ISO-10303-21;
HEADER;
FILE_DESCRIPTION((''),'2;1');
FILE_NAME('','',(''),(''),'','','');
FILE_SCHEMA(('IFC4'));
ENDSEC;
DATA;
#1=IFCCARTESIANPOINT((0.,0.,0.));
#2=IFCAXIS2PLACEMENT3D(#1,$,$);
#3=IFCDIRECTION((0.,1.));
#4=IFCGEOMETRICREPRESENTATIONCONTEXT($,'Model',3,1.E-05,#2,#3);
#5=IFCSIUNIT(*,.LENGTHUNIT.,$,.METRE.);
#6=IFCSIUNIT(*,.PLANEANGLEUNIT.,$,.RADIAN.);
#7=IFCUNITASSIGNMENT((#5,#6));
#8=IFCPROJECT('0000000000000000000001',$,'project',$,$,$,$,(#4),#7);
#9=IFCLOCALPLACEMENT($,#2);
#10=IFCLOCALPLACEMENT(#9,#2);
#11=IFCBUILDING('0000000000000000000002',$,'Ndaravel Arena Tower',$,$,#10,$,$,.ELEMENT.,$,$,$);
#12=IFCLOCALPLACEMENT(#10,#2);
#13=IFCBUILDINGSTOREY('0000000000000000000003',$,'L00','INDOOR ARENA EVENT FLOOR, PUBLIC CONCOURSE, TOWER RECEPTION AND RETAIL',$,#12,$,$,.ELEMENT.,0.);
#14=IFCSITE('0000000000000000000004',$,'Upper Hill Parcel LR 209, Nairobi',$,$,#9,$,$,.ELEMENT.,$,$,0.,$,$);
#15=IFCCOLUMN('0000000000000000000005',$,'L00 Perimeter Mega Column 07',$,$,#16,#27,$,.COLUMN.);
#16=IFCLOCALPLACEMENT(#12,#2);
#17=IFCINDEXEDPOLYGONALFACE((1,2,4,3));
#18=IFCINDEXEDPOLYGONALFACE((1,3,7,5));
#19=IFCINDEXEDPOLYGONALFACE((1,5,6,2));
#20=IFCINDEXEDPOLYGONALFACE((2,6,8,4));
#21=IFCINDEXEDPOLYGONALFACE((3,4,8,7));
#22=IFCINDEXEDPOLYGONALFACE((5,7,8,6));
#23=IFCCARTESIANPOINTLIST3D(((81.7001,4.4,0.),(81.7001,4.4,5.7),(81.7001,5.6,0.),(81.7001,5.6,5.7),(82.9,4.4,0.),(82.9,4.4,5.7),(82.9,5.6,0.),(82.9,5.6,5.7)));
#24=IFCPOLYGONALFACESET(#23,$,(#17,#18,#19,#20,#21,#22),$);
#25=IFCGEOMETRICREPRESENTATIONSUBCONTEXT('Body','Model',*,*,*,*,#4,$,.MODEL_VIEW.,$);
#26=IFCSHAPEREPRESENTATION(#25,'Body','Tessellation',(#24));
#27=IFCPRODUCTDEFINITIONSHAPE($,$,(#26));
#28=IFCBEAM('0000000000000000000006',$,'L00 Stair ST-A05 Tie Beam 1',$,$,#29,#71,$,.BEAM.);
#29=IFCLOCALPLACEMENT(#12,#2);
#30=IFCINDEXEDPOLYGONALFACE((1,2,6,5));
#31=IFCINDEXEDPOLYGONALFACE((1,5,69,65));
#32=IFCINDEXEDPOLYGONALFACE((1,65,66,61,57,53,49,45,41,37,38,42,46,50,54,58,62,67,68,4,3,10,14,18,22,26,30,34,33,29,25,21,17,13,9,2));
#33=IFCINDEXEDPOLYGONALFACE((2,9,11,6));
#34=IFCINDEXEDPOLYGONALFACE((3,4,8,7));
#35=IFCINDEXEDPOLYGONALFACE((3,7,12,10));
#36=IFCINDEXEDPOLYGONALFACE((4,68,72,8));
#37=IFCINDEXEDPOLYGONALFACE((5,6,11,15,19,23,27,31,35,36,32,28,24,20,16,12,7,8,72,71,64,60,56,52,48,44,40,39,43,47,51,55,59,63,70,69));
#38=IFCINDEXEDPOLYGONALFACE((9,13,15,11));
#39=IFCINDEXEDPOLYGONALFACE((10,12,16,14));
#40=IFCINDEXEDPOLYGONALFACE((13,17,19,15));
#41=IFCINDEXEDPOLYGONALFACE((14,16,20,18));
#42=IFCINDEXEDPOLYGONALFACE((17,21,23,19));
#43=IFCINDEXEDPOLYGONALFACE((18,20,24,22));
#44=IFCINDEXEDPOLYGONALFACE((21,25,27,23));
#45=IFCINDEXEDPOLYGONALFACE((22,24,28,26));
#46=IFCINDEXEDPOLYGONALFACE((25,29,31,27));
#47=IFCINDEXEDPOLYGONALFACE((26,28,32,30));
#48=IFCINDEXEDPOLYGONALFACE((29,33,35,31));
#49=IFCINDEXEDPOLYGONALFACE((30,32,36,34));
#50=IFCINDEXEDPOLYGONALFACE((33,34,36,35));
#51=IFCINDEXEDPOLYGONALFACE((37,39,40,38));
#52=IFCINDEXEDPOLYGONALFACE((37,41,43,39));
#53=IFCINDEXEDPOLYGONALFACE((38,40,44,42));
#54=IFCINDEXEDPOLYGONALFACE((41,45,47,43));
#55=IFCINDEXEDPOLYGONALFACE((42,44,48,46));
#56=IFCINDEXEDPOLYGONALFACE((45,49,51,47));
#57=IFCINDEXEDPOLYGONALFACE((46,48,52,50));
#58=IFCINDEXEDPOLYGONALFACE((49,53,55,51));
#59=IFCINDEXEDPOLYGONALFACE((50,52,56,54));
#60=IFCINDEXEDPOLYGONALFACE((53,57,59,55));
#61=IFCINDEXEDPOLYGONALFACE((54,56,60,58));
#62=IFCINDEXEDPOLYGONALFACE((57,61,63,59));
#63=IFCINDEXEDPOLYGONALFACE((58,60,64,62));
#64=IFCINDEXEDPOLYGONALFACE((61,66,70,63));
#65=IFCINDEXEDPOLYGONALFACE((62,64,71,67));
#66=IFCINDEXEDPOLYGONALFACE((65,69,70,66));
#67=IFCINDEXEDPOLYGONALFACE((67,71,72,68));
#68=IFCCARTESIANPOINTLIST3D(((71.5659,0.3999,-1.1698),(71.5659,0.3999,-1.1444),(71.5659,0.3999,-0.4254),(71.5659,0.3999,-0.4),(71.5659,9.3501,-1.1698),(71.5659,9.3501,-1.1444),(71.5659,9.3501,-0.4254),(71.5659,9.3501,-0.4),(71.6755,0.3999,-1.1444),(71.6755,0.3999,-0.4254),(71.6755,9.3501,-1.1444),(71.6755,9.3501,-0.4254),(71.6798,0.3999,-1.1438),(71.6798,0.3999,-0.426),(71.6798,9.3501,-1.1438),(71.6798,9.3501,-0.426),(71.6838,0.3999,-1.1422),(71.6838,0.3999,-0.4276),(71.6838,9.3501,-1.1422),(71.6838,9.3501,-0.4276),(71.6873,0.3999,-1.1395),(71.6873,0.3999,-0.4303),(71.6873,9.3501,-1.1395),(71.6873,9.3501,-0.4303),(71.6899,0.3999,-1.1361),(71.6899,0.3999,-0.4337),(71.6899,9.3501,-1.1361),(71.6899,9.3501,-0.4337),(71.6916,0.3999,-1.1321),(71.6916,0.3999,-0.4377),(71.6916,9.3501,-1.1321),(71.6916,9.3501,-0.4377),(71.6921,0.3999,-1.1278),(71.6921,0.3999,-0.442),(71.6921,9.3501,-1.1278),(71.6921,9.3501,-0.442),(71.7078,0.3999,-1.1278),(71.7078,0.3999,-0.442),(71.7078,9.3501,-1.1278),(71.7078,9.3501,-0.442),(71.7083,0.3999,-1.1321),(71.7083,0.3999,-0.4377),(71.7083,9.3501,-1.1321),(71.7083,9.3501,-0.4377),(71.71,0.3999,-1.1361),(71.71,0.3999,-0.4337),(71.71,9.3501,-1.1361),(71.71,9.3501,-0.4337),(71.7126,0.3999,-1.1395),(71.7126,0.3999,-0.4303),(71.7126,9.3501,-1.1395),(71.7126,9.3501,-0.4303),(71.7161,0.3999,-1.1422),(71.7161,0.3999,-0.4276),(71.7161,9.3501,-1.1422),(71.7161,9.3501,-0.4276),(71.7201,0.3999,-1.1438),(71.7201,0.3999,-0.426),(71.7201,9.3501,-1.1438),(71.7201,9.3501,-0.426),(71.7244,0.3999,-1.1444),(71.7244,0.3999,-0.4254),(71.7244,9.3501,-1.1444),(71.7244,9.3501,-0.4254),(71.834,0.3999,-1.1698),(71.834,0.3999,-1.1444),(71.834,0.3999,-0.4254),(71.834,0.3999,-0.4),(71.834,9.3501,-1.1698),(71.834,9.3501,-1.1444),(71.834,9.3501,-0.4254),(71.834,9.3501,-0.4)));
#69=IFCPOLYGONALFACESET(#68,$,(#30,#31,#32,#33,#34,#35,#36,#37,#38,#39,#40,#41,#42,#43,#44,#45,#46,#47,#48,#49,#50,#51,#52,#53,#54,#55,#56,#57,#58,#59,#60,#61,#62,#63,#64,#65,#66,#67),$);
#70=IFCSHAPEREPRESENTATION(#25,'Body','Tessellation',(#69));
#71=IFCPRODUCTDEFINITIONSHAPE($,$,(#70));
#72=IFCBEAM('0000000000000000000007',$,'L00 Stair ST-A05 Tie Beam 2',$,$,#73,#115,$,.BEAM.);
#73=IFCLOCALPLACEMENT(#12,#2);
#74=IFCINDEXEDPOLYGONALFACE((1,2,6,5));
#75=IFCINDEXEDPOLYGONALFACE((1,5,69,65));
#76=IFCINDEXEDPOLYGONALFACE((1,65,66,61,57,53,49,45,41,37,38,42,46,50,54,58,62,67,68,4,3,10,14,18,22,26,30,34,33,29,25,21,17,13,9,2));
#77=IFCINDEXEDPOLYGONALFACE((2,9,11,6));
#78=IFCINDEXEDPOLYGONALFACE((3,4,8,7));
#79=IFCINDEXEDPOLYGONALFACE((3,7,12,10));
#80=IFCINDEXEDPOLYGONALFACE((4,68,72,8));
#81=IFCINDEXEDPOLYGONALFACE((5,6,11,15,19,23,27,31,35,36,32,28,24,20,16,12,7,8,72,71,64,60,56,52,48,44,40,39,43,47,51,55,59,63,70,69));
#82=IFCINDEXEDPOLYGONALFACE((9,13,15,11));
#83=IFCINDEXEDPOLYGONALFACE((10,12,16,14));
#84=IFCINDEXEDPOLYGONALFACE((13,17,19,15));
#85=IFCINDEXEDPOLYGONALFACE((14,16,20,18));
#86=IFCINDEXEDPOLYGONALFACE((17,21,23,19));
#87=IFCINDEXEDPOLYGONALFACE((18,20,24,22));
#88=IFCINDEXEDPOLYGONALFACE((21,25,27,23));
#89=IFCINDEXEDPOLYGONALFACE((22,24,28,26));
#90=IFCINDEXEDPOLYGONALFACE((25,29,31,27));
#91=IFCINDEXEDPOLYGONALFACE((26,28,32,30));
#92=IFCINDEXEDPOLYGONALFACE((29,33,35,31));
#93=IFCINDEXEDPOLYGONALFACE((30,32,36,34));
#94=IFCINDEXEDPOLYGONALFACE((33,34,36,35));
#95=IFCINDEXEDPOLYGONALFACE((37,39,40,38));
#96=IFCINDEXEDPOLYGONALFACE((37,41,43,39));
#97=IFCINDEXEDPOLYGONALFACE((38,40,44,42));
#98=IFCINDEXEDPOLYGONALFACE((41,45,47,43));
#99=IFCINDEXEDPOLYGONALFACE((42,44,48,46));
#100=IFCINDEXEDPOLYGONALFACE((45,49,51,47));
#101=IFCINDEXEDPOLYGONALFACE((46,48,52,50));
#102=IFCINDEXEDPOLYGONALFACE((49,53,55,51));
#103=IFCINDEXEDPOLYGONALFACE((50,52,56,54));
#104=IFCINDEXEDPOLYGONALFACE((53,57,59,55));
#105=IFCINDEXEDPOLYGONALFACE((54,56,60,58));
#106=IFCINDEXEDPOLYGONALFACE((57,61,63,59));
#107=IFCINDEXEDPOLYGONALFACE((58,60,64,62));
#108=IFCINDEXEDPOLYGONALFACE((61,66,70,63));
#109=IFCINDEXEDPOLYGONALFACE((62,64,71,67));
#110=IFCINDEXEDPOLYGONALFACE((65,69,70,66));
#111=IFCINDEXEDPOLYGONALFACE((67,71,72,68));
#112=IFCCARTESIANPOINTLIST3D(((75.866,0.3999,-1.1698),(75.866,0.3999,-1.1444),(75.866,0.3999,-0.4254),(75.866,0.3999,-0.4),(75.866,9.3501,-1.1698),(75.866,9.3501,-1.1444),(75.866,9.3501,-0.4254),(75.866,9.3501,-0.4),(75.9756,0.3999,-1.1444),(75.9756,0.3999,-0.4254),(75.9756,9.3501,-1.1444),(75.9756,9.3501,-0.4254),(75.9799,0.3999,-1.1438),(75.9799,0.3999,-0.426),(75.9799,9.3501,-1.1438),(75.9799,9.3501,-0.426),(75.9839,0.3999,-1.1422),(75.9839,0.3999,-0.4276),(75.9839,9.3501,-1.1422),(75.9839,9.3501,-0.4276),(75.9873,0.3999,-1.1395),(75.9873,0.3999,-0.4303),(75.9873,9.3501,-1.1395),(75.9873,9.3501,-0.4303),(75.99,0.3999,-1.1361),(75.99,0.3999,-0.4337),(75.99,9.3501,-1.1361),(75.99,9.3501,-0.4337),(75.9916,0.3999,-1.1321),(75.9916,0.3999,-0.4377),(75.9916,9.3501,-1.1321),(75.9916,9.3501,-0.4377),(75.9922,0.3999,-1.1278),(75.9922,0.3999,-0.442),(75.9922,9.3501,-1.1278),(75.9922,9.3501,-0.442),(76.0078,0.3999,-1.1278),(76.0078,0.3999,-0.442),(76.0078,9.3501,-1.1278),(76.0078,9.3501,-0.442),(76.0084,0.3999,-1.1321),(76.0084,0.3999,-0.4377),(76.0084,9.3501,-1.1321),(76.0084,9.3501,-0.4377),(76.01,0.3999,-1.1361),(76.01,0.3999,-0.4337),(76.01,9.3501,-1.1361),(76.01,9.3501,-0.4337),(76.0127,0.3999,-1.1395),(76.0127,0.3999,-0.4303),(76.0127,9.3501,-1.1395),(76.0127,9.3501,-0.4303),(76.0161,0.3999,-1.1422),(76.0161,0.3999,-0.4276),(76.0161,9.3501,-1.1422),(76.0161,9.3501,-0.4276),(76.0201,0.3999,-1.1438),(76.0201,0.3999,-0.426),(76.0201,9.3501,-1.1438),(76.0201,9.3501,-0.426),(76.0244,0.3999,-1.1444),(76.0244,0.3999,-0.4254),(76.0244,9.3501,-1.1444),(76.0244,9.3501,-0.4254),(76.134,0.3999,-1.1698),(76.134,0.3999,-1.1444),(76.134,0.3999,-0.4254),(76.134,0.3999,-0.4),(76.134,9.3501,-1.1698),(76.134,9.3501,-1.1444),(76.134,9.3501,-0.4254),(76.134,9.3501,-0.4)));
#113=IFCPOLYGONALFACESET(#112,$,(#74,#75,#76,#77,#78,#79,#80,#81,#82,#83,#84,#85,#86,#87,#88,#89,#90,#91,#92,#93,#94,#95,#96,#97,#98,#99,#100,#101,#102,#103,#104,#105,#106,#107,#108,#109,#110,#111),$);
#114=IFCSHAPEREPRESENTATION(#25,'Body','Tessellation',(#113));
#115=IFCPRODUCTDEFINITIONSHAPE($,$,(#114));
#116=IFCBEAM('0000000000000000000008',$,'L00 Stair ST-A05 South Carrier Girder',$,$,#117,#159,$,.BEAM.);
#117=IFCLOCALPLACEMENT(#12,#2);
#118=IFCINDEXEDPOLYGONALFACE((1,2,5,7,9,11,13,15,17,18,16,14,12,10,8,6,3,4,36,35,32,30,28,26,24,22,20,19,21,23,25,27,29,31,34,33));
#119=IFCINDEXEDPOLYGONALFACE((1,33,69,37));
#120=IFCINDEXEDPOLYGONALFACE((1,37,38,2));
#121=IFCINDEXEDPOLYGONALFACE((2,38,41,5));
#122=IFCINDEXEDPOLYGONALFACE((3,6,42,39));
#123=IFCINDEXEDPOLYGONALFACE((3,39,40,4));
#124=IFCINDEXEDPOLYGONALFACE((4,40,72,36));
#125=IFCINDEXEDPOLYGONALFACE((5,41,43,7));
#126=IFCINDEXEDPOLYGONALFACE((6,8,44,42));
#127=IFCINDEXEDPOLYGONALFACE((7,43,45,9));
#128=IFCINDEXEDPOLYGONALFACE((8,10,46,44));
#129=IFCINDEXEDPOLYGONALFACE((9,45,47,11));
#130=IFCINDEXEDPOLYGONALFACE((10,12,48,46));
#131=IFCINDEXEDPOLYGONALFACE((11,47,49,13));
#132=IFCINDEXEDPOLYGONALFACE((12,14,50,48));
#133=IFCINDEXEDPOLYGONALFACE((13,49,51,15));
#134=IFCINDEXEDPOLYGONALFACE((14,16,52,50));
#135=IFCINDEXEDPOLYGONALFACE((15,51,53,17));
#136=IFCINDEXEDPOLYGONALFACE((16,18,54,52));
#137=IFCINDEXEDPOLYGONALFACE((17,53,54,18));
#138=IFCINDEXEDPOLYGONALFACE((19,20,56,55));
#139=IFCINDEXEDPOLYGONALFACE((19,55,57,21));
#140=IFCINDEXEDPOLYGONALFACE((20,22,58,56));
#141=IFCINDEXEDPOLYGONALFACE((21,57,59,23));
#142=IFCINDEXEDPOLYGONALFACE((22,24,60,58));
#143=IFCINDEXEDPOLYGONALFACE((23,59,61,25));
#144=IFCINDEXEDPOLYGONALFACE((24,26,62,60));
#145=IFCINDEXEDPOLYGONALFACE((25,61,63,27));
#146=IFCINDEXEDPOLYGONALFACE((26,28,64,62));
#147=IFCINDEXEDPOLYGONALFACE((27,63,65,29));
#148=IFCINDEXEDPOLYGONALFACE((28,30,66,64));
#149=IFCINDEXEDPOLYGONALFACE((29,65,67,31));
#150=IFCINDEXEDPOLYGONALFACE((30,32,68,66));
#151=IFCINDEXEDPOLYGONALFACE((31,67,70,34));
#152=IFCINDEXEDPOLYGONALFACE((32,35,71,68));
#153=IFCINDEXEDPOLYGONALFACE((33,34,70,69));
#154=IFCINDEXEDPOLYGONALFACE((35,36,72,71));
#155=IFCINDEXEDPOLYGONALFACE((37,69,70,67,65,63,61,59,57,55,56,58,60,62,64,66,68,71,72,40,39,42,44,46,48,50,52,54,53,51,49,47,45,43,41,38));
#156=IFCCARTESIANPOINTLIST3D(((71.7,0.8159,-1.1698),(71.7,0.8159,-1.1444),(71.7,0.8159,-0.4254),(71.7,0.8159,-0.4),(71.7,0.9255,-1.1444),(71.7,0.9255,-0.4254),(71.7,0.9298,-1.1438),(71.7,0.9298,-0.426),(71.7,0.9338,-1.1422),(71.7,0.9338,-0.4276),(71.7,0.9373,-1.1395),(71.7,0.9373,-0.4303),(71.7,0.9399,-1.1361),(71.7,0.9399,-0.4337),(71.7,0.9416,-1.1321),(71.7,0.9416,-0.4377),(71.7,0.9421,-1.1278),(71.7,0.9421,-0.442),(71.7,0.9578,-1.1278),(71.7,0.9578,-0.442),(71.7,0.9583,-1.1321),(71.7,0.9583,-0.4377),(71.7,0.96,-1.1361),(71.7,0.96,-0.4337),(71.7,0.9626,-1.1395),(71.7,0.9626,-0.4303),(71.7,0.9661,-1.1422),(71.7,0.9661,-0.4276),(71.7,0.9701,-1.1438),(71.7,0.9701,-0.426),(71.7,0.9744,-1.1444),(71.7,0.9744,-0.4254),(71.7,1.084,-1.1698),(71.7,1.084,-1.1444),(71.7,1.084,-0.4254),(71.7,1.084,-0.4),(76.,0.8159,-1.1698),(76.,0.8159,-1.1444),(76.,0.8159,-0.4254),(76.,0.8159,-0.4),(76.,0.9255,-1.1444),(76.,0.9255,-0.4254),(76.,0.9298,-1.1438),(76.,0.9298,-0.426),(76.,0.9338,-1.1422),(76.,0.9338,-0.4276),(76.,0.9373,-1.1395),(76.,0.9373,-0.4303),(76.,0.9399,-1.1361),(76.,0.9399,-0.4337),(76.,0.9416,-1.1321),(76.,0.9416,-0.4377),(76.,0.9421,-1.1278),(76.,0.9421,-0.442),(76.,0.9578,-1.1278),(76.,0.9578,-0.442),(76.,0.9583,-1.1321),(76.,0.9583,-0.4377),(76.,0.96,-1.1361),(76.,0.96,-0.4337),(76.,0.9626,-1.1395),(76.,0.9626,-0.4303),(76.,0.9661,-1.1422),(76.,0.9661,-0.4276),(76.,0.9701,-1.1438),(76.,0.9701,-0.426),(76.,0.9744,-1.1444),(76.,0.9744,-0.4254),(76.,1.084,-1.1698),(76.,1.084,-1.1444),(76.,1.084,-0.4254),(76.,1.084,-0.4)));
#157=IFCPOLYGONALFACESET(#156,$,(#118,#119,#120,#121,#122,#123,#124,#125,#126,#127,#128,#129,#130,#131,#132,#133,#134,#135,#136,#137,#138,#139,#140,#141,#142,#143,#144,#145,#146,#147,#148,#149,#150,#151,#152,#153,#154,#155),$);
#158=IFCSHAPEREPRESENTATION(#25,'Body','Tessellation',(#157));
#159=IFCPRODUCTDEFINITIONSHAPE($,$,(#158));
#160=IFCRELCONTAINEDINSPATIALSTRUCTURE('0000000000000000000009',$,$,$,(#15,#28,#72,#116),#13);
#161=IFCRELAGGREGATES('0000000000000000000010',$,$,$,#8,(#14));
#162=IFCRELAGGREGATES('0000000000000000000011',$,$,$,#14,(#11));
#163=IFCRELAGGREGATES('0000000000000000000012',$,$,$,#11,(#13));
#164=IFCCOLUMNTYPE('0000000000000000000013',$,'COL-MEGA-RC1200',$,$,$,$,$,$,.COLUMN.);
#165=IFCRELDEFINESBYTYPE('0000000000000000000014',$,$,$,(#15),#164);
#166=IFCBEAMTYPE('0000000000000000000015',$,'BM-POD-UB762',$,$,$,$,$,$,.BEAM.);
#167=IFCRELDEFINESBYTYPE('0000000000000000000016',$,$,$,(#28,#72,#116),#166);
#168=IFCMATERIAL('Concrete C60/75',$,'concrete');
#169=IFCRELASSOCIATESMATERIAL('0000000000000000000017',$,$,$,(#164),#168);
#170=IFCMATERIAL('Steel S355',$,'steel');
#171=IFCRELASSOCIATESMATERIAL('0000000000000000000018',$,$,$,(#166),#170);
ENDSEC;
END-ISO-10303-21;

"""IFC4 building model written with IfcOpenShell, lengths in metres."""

from ifc_helpers import new_model, si_unit, direction, frame, origin, origin_2d, place, context, subcontext, project, spatial, rectangle, i_section, extrude, material, material_profile, profile_set, type_object, element, save


model = new_model("IFC4")

# Units and contexts
model_context = context("Model", 3, precision=1e-05, world=origin(), true_north=direction((0.0, 1.0)))
body_context = subcontext(model_context, "Body", "Model", "MODEL_VIEW")
ifc_project = project(units=[si_unit("LENGTHUNIT", "METRE"), si_unit("PLANEANGLEUNIT", "RADIAN")], contexts=[model_context])

# Site, building, storey
site_placement = place(None, origin())
site = spatial("IfcSite", under=ifc_project, at=site_placement, Name="Upper Hill Parcel LR 209, Nairobi", CompositionType="ELEMENT", RefElevation=0.0)
building_placement = place(site_placement, origin())
building = spatial("IfcBuilding", under=site, at=building_placement, Name="Ndaravel Arena Tower", CompositionType="ELEMENT")
storey_placement = place(building_placement, origin())
storey = spatial("IfcBuildingStorey", under=building, at=storey_placement, Name="L00", Description="INDOOR ARENA EVENT FLOOR, PUBLIC CONCOURSE, TOWER RECEPTION AND RETAIL", CompositionType="ELEMENT", Elevation=0.0)

# Column
ifc_material_1 = material(Name="Concrete C60/75", Category="concrete")
ifc_material_profile_1 = material_profile(ifc_material_1, rectangle(XDim=1.2, YDim=1.2, at=origin_2d()), Name="RC 1200x1200")
ifc_profile_set_1 = profile_set([ifc_material_profile_1], Name="Concrete C60/75")
column_type = type_object("IfcColumnType", Name="COL-MEGA-RC1200", PredefinedType="COLUMN", material=ifc_profile_set_1)
column_placement = place(storey_placement, frame((82.3, 5.0, 0.0), z_axis=(0.0, 0.0, 1.0), x_axis=(1.0, 0.0, 0.0)))
element("IfcColumn", 1, at=column_placement, inside=storey, type_object=column_type, Name="L00 Perimeter Mega Column 07", PredefinedType="COLUMN", context=body_context, shape_type="SweptSolid", body=[
    extrude(rectangle(XDim=1.2, YDim=1.2, at=origin_2d()), origin(), (0.0, 0.0, 1.0), 5.7),
])

# Beams
ifc_material_2 = material(Name="Steel S355", Category="steel")
ifc_material_profile_2 = material_profile(ifc_material_2, i_section(OverallWidth=0.2681, OverallDepth=0.7698, WebThickness=0.0156, FlangeThickness=0.0254, FilletRadius=0.0166, at=origin_2d()), Name="UB 762x267x197")
ifc_profile_set_2 = profile_set([ifc_material_profile_2], Name="Steel S355")
beam_type = type_object("IfcBeamType", Name="BM-POD-UB762", PredefinedType="BEAM", material=ifc_profile_set_2)
for number, where, z_axis, x_axis, name in (
    (2, (71.7, 0.3999, -0.7849), (0.0, 1.0, 0.0), (-1.0, 0.0, 0.0), "L00 Stair ST-A05 Tie Beam 1"),
    (3, (76.0, 0.3999, -0.7849), (0.0, 1.0, 0.0), (-1.0, 0.0, 0.0), "L00 Stair ST-A05 Tie Beam 2"),
):
    element("IfcBeam", number, at=place(storey_placement, frame(where, z_axis=z_axis, x_axis=x_axis)), inside=storey, type_object=beam_type, Name=name, PredefinedType="BEAM", context=body_context, shape_type="SweptSolid", body=[
        extrude(i_section(OverallWidth=0.2681, OverallDepth=0.7698, WebThickness=0.0156, FlangeThickness=0.0254, FilletRadius=0.0166, at=origin_2d()), origin(), (0.0, 0.0, 1.0), 8.9502),
    ])
beam_1_placement = place(storey_placement, frame((71.7, 0.95, -0.7849), z_axis=(1.0, 0.0, 0.0), x_axis=(0.0, 1.0, 0.0)))
element("IfcBeam", 4, at=beam_1_placement, inside=storey, type_object=beam_type, Name="L00 Stair ST-A05 South Carrier Girder", PredefinedType="BEAM", context=body_context, shape_type="SweptSolid", body=[
    extrude(i_section(OverallWidth=0.2681, OverallDepth=0.7698, WebThickness=0.0156, FlangeThickness=0.0254, FilletRadius=0.0166, at=origin_2d()), origin(), (0.0, 0.0, 1.0), 4.3),
])

save(model, "model.ifc")
